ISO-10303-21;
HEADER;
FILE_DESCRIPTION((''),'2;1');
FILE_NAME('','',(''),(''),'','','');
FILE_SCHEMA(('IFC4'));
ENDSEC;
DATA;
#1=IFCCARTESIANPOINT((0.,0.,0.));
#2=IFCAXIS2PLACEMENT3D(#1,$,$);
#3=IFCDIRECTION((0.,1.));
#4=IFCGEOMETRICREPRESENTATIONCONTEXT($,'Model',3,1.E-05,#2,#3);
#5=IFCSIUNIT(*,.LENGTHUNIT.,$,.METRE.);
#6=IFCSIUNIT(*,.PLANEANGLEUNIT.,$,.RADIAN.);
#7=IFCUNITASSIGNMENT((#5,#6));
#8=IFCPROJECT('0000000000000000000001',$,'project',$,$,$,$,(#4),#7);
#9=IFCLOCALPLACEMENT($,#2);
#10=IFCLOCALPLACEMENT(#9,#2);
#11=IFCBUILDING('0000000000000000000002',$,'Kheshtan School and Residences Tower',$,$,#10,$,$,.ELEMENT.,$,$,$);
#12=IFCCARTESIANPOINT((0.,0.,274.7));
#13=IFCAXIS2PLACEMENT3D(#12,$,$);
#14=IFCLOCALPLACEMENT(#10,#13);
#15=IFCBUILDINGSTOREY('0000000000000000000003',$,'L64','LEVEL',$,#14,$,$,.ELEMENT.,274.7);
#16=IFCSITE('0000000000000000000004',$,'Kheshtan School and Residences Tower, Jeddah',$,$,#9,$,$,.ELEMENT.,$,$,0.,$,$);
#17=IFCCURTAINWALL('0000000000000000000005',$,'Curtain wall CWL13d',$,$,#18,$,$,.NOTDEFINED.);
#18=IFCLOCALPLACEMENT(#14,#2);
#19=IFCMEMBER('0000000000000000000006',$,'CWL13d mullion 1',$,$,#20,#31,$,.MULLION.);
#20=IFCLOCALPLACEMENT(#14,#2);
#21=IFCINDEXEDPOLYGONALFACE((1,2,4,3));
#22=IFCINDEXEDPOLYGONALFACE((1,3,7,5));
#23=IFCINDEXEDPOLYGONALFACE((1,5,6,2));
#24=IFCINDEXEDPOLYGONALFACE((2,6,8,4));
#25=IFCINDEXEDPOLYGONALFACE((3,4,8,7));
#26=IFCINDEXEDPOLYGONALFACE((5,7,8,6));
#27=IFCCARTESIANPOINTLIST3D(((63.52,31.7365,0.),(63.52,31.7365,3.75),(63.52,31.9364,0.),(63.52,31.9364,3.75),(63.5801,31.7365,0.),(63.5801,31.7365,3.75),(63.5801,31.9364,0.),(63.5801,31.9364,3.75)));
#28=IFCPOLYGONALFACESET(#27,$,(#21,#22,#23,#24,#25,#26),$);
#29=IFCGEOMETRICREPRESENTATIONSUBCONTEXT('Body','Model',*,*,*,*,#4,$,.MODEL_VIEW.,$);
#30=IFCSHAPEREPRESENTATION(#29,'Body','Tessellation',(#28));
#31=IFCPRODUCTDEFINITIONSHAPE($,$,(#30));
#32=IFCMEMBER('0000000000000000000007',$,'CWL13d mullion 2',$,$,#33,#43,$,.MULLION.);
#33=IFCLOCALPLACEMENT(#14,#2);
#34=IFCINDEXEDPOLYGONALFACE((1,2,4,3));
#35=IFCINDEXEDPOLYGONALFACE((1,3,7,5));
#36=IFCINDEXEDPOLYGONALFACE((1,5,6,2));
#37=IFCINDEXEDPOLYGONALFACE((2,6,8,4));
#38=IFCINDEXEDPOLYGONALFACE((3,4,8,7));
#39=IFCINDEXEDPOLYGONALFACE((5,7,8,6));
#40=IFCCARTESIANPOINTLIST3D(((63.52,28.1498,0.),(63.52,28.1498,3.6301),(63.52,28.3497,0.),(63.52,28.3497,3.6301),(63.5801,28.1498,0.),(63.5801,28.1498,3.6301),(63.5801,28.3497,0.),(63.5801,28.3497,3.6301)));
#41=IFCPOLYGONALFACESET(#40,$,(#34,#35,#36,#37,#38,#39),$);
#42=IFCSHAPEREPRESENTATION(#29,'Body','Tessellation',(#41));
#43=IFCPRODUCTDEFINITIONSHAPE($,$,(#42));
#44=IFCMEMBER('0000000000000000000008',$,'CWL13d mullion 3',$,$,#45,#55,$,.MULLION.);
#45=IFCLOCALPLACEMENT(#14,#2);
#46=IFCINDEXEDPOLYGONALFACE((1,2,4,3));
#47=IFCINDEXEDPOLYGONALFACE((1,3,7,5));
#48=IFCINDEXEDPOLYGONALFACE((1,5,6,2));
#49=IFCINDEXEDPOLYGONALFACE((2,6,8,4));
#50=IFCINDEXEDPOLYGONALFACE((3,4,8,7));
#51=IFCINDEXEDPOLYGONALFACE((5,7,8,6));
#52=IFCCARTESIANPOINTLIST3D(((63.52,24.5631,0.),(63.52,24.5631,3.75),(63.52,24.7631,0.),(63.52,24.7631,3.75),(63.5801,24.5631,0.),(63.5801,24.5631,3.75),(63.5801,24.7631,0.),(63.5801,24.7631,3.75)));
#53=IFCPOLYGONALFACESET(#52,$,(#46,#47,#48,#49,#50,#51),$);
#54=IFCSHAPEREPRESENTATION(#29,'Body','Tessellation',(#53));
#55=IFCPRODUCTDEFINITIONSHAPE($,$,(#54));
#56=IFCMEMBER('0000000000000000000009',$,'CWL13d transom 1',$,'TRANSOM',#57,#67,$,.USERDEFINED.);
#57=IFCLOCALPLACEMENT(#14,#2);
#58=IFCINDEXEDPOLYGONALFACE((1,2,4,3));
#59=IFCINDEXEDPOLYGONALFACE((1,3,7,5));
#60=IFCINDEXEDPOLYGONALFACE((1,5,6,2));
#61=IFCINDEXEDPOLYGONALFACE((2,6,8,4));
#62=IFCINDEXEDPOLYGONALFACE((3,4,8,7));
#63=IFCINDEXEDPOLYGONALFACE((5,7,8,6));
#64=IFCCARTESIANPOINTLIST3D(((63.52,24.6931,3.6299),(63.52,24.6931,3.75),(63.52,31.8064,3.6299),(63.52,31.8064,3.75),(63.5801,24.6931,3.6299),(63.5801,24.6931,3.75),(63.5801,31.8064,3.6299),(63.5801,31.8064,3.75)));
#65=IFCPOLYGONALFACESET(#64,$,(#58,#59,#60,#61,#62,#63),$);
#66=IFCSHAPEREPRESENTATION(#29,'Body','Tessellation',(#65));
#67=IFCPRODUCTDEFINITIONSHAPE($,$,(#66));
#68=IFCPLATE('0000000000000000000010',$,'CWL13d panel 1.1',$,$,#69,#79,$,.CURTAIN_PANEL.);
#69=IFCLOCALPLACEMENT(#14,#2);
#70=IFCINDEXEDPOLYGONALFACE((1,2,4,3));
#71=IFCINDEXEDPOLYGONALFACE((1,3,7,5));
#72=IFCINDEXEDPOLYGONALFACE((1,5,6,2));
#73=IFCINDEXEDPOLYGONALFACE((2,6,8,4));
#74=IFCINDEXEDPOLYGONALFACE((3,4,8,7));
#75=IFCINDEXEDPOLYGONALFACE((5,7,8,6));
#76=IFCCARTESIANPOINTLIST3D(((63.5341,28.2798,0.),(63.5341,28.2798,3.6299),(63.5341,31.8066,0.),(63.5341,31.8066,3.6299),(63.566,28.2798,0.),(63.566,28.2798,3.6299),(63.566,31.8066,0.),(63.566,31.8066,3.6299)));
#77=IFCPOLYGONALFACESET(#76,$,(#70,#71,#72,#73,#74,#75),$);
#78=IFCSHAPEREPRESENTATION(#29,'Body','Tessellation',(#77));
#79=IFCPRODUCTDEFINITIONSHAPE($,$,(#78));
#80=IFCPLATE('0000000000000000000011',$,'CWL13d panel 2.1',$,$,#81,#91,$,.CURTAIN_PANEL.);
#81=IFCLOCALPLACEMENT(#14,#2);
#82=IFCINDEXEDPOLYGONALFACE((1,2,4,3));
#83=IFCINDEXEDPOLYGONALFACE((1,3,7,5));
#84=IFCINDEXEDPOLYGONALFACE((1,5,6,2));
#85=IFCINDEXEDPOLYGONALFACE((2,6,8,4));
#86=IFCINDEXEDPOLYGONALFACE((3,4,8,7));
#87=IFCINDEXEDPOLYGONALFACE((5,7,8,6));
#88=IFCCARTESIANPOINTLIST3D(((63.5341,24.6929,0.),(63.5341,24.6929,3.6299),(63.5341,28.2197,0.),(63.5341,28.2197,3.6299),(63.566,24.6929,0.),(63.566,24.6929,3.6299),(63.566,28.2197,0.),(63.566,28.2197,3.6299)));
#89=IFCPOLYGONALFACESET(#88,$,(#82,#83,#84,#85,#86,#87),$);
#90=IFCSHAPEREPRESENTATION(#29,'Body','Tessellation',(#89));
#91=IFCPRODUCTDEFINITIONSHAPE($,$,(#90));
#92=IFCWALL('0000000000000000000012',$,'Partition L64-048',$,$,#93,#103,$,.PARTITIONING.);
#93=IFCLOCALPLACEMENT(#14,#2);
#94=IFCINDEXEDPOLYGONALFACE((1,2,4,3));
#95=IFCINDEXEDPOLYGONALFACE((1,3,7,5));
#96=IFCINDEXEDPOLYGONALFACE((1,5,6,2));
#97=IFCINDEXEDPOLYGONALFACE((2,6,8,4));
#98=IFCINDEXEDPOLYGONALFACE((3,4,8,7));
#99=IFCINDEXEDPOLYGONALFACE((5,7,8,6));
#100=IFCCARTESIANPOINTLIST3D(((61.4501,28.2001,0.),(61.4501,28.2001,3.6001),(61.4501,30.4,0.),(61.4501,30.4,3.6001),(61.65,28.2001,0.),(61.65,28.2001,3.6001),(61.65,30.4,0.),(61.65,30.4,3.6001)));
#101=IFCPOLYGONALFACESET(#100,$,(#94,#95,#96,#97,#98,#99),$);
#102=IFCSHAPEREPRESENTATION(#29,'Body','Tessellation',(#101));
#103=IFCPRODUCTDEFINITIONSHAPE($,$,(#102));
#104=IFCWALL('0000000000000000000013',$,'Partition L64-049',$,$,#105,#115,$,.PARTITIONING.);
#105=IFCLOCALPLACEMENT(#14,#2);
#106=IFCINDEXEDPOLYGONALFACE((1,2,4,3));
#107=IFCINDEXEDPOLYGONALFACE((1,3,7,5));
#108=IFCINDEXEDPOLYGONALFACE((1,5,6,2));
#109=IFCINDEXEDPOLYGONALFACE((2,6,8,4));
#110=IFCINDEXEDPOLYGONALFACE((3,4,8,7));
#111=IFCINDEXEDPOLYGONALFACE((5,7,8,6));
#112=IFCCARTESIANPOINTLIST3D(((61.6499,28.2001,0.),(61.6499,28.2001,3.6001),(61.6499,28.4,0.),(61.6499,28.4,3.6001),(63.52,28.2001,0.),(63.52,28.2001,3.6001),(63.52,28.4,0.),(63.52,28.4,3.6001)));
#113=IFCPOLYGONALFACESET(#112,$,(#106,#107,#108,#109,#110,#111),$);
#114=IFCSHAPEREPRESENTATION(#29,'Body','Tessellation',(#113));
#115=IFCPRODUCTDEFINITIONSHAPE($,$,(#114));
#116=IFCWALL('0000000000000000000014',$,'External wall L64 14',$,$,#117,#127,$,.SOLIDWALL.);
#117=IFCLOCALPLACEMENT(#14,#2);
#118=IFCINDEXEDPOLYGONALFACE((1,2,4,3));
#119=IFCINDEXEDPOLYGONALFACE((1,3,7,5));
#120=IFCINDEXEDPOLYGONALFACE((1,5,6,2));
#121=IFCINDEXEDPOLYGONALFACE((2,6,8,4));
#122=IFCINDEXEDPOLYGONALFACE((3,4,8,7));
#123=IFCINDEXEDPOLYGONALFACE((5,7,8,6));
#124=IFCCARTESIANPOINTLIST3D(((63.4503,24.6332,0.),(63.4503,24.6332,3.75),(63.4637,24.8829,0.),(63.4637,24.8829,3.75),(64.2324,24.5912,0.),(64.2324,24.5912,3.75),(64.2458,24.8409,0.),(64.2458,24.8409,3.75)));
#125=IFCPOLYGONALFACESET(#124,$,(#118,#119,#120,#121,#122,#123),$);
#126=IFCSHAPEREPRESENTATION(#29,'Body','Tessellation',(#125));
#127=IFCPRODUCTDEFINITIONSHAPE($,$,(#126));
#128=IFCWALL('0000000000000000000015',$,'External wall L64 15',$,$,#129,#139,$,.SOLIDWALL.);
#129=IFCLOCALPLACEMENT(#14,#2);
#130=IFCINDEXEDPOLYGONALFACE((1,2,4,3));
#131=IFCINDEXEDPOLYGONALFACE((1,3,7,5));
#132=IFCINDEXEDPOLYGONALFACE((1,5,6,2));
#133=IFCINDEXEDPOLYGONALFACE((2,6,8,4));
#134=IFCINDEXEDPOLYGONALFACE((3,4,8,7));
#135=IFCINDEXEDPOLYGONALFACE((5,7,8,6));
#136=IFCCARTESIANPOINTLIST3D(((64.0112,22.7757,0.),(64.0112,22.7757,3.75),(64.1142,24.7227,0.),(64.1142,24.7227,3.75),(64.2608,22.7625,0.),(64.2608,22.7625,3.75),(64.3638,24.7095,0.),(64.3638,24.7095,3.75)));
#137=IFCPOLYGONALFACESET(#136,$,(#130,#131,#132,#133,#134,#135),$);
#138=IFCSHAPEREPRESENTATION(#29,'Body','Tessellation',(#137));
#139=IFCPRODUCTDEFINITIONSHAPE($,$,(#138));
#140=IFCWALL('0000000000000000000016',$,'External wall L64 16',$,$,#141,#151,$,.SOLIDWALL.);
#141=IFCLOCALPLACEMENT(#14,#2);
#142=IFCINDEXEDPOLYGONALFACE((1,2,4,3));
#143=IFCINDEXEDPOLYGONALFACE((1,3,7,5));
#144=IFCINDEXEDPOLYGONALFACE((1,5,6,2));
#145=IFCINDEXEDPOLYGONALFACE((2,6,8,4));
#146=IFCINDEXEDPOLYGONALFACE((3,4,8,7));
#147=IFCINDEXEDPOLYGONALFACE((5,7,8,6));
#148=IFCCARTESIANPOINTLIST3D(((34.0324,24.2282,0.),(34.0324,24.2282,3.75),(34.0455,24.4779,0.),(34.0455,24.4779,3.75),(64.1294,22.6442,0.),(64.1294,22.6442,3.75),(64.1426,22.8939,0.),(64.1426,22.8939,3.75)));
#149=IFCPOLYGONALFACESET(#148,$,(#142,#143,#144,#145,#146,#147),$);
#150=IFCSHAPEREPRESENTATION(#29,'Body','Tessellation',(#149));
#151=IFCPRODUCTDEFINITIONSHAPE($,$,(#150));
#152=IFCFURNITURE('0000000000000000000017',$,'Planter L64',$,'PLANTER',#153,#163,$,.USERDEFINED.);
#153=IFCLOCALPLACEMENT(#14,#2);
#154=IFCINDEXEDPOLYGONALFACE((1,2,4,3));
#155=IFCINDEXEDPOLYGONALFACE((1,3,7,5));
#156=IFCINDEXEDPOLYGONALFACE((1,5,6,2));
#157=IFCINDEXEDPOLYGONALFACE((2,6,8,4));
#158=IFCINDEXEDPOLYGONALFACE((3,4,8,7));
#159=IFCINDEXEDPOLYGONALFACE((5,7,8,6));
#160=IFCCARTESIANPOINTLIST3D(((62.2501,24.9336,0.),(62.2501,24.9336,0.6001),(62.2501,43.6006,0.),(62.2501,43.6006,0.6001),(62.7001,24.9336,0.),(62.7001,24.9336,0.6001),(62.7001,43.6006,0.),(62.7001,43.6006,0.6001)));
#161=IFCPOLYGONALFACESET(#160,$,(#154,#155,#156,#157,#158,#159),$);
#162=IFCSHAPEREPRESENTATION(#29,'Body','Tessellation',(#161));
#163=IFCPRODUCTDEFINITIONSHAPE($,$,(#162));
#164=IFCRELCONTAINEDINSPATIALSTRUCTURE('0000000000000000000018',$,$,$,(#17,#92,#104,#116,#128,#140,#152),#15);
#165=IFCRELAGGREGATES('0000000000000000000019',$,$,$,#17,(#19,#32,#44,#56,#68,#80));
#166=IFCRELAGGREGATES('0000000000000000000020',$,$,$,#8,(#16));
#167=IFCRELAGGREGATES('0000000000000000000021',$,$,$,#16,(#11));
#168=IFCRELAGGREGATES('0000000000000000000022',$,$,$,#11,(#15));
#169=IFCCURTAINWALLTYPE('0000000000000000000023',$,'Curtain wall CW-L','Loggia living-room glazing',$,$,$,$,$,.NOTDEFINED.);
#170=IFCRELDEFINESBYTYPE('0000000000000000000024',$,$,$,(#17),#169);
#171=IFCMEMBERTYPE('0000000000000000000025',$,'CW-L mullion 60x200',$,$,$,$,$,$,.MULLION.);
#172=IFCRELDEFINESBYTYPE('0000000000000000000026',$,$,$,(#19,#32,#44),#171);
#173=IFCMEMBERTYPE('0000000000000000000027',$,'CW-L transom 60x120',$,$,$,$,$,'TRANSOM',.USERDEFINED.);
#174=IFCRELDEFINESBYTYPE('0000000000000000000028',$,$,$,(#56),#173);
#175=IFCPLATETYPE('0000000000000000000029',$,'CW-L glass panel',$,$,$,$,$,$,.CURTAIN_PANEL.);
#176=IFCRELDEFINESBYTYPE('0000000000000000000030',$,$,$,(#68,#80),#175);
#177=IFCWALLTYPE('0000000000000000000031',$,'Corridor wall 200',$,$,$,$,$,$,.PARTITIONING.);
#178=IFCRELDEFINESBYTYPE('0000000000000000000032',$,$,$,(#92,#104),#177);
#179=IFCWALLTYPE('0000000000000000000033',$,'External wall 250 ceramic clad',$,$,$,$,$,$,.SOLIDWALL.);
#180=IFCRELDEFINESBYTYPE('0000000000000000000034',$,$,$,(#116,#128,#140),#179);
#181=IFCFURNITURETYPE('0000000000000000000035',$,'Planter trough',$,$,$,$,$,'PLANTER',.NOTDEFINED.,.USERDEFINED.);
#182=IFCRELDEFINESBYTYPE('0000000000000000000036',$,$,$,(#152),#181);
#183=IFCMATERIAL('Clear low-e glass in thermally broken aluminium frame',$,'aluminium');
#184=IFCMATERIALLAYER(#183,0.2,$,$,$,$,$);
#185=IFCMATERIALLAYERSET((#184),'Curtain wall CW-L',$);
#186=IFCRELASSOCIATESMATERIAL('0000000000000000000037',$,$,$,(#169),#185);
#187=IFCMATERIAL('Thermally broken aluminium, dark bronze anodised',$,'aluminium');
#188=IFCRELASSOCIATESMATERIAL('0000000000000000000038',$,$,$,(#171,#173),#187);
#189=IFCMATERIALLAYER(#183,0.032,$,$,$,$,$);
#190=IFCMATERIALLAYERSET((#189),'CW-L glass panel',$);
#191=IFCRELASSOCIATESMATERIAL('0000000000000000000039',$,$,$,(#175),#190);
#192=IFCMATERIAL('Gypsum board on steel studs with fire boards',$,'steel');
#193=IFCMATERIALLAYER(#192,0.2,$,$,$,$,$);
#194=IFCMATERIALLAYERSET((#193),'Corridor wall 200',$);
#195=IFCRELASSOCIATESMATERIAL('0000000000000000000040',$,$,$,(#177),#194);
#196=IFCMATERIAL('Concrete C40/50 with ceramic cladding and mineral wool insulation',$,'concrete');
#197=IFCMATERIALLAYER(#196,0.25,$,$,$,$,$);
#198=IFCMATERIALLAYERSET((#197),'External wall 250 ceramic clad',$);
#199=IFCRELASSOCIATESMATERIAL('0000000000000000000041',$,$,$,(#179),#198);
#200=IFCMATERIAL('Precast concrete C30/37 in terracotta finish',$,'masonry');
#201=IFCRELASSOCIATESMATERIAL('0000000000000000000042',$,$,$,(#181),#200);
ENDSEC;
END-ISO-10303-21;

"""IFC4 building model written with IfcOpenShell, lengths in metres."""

from ifc_helpers import new_model, si_unit, direction, frame, frame_2d, origin, origin_2d, place, context, subcontext, project, spatial, rectangle, extrude, material, layer, layer_set, material_profile, profile_set, type_object, element, aggregate, save


model = new_model("IFC4")

# Units and contexts
model_context = context("Model", 3, precision=1e-05, world=origin(), true_north=direction((0.0, 1.0)))
body_context = subcontext(model_context, "Body", "Model", "MODEL_VIEW")
ifc_project = project(units=[si_unit("LENGTHUNIT", "METRE"), si_unit("PLANEANGLEUNIT", "RADIAN")], contexts=[model_context])

# Site, building, storey
site_placement = place(None, origin())
site = spatial("IfcSite", under=ifc_project, at=site_placement, Name="Kheshtan School and Residences Tower, Jeddah", CompositionType="ELEMENT", RefElevation=0.0)
building_placement = place(site_placement, origin())
building = spatial("IfcBuilding", under=site, at=building_placement, Name="Kheshtan School and Residences Tower", CompositionType="ELEMENT")
storey_placement = place(building_placement, frame((0.0, 0.0, 274.7)))
storey = spatial("IfcBuildingStorey", under=building, at=storey_placement, Name="L64", Description="LEVEL", CompositionType="ELEMENT", Elevation=274.7)

# Curtain wall, members, plates
ifc_material_1 = material(Name="Clear low-e glass in thermally broken aluminium frame", Category="aluminium")
ifc_layer_1 = layer(ifc_material_1, 0.2)
ifc_layer_set_1 = layer_set([ifc_layer_1], Name="Curtain wall CW-L")
curtain_wall_type = type_object("IfcCurtainWallType", Name="Curtain wall CW-L", Description="Loggia living-room glazing", PredefinedType="NOTDEFINED", material=ifc_layer_set_1)
curtain_wall_placement = place(storey_placement, origin())
curtain_wall = element("IfcCurtainWall", 1, at=curtain_wall_placement, inside=storey, type_object=curtain_wall_type, Name="Curtain wall CWL13d", PredefinedType="NOTDEFINED")
ifc_material_2 = material(Name="Thermally broken aluminium, dark bronze anodised", Category="aluminium")
ifc_material_profile_1 = material_profile(ifc_material_2, rectangle(XDim=0.0601, YDim=0.2, at=origin_2d()), Name="CW-L mullion 60x200")
ifc_profile_set_1 = profile_set([ifc_material_profile_1], Name="Thermally broken aluminium, dark bronze anodised")
member_type_1 = type_object("IfcMemberType", Name="CW-L mullion 60x200", PredefinedType="MULLION", material=ifc_profile_set_1)
member_1_placement = place(storey_placement, frame((63.55, 31.8364, 0.0), z_axis=(0.0, 0.0, 1.0), x_axis=(1.0, 0.0, 0.0)))
member_1 = element("IfcMember", 2, at=member_1_placement, type_object=member_type_1, Name="CWL13d mullion 1", PredefinedType="MULLION", context=body_context, shape_type="SweptSolid", body=[
    extrude(rectangle(XDim=0.0601, YDim=0.2, at=origin_2d()), origin(), (0.0, 0.0, 1.0), 3.75),
])
member_2_placement = place(storey_placement, frame((63.55, 28.2498, 0.0), z_axis=(0.0, 0.0, 1.0), x_axis=(1.0, 0.0, 0.0)))
member_2 = element("IfcMember", 3, at=member_2_placement, type_object=member_type_1, Name="CWL13d mullion 2", PredefinedType="MULLION", context=body_context, shape_type="SweptSolid", body=[
    extrude(rectangle(XDim=0.0601, YDim=0.2, at=origin_2d()), origin(), (0.0, 0.0, 1.0), 3.6301),
])
member_3_placement = place(storey_placement, frame((63.55, 24.6631, 0.0), z_axis=(0.0, 0.0, 1.0), x_axis=(1.0, 0.0, 0.0)))
member_3 = element("IfcMember", 4, at=member_3_placement, type_object=member_type_1, Name="CWL13d mullion 3", PredefinedType="MULLION", context=body_context, shape_type="SweptSolid", body=[
    extrude(rectangle(XDim=0.0601, YDim=0.2, at=origin_2d()), origin(), (0.0, 0.0, 1.0), 3.75),
])
ifc_material_profile_2 = material_profile(ifc_material_2, rectangle(XDim=0.0601, YDim=0.1201, at=origin_2d()), Name="CW-L transom 60x120")
ifc_profile_set_2 = profile_set([ifc_material_profile_2], Name="Thermally broken aluminium, dark bronze anodised")
member_type_2 = type_object("IfcMemberType", Name="CW-L transom 60x120", ElementType="TRANSOM", PredefinedType="USERDEFINED", material=ifc_profile_set_2)
member_4_placement = place(storey_placement, frame((63.55, 31.8064, 3.6899), z_axis=(0.0, -1.0, 0.0), x_axis=(1.0, 0.0, 0.0)))
member_4 = element("IfcMember", 5, at=member_4_placement, type_object=member_type_2, Name="CWL13d transom 1", ObjectType="TRANSOM", PredefinedType="USERDEFINED", context=body_context, shape_type="SweptSolid", body=[
    extrude(rectangle(XDim=0.0601, YDim=0.1201, at=origin_2d()), origin(), (0.0, 0.0, 1.0), 7.1133),
])
ifc_layer_2 = layer(ifc_material_1, 0.032)
ifc_layer_set_2 = layer_set([ifc_layer_2], Name="CW-L glass panel")
plate_type = type_object("IfcPlateType", Name="CW-L glass panel", PredefinedType="CURTAIN_PANEL", material=ifc_layer_set_2)
plate_1_placement = place(storey_placement, frame((63.55, 30.0432, 0.0), z_axis=(0.0, 0.0, 1.0), x_axis=(0.0, -1.0, 0.0)))
plate_1 = element("IfcPlate", 6, at=plate_1_placement, type_object=plate_type, Name="CWL13d panel 1.1", PredefinedType="CURTAIN_PANEL", context=body_context, shape_type="SweptSolid", body=[
    extrude(rectangle(XDim=3.5269, YDim=0.032, at=origin_2d()), origin(), (0.0, 0.0, 1.0), 3.6299),
])
plate_2_placement = place(storey_placement, frame((63.55, 26.4563, 0.0), z_axis=(0.0, 0.0, 1.0), x_axis=(0.0, -1.0, 0.0)))
plate_2 = element("IfcPlate", 7, at=plate_2_placement, type_object=plate_type, Name="CWL13d panel 2.1", PredefinedType="CURTAIN_PANEL", context=body_context, shape_type="SweptSolid", body=[
    extrude(rectangle(XDim=3.5269, YDim=0.032, at=origin_2d()), origin(), (0.0, 0.0, 1.0), 3.6299),
])
aggregate(curtain_wall, [member_1, member_2, member_3, member_4, plate_1, plate_2])

# Walls
ifc_material_3 = material(Name="Gypsum board on steel studs with fire boards", Category="steel")
ifc_layer_3 = layer(ifc_material_3, 0.2)
ifc_layer_set_3 = layer_set([ifc_layer_3], Name="Corridor wall 200")
wall_type_1 = type_object("IfcWallType", Name="Corridor wall 200", PredefinedType="PARTITIONING", material=ifc_layer_set_3)
wall_1_placement = place(storey_placement, frame((61.55, 28.2, 0.0), z_axis=(0.0, 0.0, 1.0), x_axis=(0.0, 1.0, 0.0)))
element("IfcWall", 8, at=wall_1_placement, inside=storey, type_object=wall_type_1, Name="Partition L64-048", PredefinedType="PARTITIONING", context=body_context, shape_type="SweptSolid", body=[
    extrude(rectangle(XDim=2.2, YDim=0.2, at=frame_2d((1.1001, 0.0))), origin(), (0.0, 0.0, 1.0), 3.6001),
])
wall_2_placement = place(storey_placement, frame((61.6499, 28.3, 0.0), z_axis=(0.0, 0.0, 1.0), x_axis=(1.0, 0.0, 0.0)))
element("IfcWall", 9, at=wall_2_placement, inside=storey, type_object=wall_type_1, Name="Partition L64-049", PredefinedType="PARTITIONING", context=body_context, shape_type="SweptSolid", body=[
    extrude(rectangle(XDim=1.8701, YDim=0.2, at=frame_2d((0.9351, 0.0))), origin(), (0.0, 0.0, 1.0), 3.6001),
])
ifc_material_4 = material(Name="Concrete C40/50 with ceramic cladding and mineral wool insulation", Category="concrete")
ifc_layer_4 = layer(ifc_material_4, 0.25)
ifc_layer_set_4 = layer_set([ifc_layer_4], Name="External wall 250 ceramic clad")
wall_type_2 = type_object("IfcWallType", Name="External wall 250 ceramic clad", PredefinedType="SOLIDWALL", material=ifc_layer_set_4)
wall_3_placement = place(storey_placement, frame((63.457, 24.7581, 0.0), z_axis=(0.0, 0.0, 1.0), x_axis=(0.998561, -0.053622, 0.0)))
element("IfcWall", 10, at=wall_3_placement, inside=storey, type_object=wall_type_2, Name="External wall L64 14", PredefinedType="SOLIDWALL", context=body_context, shape_type="SweptSolid", body=[
    extrude(rectangle(XDim=0.7832, YDim=0.25, at=frame_2d((0.3916, 0.0))), origin(), (0.0, 0.0, 1.0), 3.75),
])
wall_4_placement = place(storey_placement, frame((64.239, 24.7161, 0.0), z_axis=(0.0, 0.0, 1.0), x_axis=(-0.052841, -0.998603, 0.0)))
element("IfcWall", 11, at=wall_4_placement, inside=storey, type_object=wall_type_2, Name="External wall L64 15", PredefinedType="SOLIDWALL", context=body_context, shape_type="SweptSolid", body=[
    extrude(rectangle(XDim=1.9497, YDim=0.25, at=frame_2d((0.9749, 0.0))), origin(), (0.0, 0.0, 1.0), 3.75),
])
wall_5_placement = place(storey_placement, frame((64.136, 22.769, 0.0), z_axis=(0.0, 0.0, 1.0), x_axis=(-0.998618, 0.052557, 0.0)))
element("IfcWall", 12, at=wall_5_placement, inside=storey, type_object=wall_type_2, Name="External wall L64 16", PredefinedType="SOLIDWALL", context=body_context, shape_type="SweptSolid", body=[
    extrude(rectangle(XDim=30.1387, YDim=0.25, at=frame_2d((15.0693, 0.0))), origin(), (0.0, 0.0, 1.0), 3.75),
])

# Furniture
ifc_material_5 = material(Name="Precast concrete C30/37 in terracotta finish", Category="masonry")
furniture_type = type_object("IfcFurnitureType", Name="Planter trough", ElementType="PLANTER", AssemblyPlace="NOTDEFINED", PredefinedType="USERDEFINED", material=ifc_material_5)
furniture_placement = place(storey_placement, frame((62.4751, 34.2671, 0.0), z_axis=(0.0, 0.0, 1.0), x_axis=(0.0, -1.0, 0.0)))
element("IfcFurniture", 13, at=furniture_placement, inside=storey, type_object=furniture_type, Name="Planter L64", ObjectType="PLANTER", PredefinedType="USERDEFINED", context=body_context, shape_type="SweptSolid", body=[
    extrude(rectangle(XDim=18.667, YDim=0.45, at=origin_2d()), origin(), (0.0, 0.0, 1.0), 0.6001),
])

save(model, "model.ifc")
